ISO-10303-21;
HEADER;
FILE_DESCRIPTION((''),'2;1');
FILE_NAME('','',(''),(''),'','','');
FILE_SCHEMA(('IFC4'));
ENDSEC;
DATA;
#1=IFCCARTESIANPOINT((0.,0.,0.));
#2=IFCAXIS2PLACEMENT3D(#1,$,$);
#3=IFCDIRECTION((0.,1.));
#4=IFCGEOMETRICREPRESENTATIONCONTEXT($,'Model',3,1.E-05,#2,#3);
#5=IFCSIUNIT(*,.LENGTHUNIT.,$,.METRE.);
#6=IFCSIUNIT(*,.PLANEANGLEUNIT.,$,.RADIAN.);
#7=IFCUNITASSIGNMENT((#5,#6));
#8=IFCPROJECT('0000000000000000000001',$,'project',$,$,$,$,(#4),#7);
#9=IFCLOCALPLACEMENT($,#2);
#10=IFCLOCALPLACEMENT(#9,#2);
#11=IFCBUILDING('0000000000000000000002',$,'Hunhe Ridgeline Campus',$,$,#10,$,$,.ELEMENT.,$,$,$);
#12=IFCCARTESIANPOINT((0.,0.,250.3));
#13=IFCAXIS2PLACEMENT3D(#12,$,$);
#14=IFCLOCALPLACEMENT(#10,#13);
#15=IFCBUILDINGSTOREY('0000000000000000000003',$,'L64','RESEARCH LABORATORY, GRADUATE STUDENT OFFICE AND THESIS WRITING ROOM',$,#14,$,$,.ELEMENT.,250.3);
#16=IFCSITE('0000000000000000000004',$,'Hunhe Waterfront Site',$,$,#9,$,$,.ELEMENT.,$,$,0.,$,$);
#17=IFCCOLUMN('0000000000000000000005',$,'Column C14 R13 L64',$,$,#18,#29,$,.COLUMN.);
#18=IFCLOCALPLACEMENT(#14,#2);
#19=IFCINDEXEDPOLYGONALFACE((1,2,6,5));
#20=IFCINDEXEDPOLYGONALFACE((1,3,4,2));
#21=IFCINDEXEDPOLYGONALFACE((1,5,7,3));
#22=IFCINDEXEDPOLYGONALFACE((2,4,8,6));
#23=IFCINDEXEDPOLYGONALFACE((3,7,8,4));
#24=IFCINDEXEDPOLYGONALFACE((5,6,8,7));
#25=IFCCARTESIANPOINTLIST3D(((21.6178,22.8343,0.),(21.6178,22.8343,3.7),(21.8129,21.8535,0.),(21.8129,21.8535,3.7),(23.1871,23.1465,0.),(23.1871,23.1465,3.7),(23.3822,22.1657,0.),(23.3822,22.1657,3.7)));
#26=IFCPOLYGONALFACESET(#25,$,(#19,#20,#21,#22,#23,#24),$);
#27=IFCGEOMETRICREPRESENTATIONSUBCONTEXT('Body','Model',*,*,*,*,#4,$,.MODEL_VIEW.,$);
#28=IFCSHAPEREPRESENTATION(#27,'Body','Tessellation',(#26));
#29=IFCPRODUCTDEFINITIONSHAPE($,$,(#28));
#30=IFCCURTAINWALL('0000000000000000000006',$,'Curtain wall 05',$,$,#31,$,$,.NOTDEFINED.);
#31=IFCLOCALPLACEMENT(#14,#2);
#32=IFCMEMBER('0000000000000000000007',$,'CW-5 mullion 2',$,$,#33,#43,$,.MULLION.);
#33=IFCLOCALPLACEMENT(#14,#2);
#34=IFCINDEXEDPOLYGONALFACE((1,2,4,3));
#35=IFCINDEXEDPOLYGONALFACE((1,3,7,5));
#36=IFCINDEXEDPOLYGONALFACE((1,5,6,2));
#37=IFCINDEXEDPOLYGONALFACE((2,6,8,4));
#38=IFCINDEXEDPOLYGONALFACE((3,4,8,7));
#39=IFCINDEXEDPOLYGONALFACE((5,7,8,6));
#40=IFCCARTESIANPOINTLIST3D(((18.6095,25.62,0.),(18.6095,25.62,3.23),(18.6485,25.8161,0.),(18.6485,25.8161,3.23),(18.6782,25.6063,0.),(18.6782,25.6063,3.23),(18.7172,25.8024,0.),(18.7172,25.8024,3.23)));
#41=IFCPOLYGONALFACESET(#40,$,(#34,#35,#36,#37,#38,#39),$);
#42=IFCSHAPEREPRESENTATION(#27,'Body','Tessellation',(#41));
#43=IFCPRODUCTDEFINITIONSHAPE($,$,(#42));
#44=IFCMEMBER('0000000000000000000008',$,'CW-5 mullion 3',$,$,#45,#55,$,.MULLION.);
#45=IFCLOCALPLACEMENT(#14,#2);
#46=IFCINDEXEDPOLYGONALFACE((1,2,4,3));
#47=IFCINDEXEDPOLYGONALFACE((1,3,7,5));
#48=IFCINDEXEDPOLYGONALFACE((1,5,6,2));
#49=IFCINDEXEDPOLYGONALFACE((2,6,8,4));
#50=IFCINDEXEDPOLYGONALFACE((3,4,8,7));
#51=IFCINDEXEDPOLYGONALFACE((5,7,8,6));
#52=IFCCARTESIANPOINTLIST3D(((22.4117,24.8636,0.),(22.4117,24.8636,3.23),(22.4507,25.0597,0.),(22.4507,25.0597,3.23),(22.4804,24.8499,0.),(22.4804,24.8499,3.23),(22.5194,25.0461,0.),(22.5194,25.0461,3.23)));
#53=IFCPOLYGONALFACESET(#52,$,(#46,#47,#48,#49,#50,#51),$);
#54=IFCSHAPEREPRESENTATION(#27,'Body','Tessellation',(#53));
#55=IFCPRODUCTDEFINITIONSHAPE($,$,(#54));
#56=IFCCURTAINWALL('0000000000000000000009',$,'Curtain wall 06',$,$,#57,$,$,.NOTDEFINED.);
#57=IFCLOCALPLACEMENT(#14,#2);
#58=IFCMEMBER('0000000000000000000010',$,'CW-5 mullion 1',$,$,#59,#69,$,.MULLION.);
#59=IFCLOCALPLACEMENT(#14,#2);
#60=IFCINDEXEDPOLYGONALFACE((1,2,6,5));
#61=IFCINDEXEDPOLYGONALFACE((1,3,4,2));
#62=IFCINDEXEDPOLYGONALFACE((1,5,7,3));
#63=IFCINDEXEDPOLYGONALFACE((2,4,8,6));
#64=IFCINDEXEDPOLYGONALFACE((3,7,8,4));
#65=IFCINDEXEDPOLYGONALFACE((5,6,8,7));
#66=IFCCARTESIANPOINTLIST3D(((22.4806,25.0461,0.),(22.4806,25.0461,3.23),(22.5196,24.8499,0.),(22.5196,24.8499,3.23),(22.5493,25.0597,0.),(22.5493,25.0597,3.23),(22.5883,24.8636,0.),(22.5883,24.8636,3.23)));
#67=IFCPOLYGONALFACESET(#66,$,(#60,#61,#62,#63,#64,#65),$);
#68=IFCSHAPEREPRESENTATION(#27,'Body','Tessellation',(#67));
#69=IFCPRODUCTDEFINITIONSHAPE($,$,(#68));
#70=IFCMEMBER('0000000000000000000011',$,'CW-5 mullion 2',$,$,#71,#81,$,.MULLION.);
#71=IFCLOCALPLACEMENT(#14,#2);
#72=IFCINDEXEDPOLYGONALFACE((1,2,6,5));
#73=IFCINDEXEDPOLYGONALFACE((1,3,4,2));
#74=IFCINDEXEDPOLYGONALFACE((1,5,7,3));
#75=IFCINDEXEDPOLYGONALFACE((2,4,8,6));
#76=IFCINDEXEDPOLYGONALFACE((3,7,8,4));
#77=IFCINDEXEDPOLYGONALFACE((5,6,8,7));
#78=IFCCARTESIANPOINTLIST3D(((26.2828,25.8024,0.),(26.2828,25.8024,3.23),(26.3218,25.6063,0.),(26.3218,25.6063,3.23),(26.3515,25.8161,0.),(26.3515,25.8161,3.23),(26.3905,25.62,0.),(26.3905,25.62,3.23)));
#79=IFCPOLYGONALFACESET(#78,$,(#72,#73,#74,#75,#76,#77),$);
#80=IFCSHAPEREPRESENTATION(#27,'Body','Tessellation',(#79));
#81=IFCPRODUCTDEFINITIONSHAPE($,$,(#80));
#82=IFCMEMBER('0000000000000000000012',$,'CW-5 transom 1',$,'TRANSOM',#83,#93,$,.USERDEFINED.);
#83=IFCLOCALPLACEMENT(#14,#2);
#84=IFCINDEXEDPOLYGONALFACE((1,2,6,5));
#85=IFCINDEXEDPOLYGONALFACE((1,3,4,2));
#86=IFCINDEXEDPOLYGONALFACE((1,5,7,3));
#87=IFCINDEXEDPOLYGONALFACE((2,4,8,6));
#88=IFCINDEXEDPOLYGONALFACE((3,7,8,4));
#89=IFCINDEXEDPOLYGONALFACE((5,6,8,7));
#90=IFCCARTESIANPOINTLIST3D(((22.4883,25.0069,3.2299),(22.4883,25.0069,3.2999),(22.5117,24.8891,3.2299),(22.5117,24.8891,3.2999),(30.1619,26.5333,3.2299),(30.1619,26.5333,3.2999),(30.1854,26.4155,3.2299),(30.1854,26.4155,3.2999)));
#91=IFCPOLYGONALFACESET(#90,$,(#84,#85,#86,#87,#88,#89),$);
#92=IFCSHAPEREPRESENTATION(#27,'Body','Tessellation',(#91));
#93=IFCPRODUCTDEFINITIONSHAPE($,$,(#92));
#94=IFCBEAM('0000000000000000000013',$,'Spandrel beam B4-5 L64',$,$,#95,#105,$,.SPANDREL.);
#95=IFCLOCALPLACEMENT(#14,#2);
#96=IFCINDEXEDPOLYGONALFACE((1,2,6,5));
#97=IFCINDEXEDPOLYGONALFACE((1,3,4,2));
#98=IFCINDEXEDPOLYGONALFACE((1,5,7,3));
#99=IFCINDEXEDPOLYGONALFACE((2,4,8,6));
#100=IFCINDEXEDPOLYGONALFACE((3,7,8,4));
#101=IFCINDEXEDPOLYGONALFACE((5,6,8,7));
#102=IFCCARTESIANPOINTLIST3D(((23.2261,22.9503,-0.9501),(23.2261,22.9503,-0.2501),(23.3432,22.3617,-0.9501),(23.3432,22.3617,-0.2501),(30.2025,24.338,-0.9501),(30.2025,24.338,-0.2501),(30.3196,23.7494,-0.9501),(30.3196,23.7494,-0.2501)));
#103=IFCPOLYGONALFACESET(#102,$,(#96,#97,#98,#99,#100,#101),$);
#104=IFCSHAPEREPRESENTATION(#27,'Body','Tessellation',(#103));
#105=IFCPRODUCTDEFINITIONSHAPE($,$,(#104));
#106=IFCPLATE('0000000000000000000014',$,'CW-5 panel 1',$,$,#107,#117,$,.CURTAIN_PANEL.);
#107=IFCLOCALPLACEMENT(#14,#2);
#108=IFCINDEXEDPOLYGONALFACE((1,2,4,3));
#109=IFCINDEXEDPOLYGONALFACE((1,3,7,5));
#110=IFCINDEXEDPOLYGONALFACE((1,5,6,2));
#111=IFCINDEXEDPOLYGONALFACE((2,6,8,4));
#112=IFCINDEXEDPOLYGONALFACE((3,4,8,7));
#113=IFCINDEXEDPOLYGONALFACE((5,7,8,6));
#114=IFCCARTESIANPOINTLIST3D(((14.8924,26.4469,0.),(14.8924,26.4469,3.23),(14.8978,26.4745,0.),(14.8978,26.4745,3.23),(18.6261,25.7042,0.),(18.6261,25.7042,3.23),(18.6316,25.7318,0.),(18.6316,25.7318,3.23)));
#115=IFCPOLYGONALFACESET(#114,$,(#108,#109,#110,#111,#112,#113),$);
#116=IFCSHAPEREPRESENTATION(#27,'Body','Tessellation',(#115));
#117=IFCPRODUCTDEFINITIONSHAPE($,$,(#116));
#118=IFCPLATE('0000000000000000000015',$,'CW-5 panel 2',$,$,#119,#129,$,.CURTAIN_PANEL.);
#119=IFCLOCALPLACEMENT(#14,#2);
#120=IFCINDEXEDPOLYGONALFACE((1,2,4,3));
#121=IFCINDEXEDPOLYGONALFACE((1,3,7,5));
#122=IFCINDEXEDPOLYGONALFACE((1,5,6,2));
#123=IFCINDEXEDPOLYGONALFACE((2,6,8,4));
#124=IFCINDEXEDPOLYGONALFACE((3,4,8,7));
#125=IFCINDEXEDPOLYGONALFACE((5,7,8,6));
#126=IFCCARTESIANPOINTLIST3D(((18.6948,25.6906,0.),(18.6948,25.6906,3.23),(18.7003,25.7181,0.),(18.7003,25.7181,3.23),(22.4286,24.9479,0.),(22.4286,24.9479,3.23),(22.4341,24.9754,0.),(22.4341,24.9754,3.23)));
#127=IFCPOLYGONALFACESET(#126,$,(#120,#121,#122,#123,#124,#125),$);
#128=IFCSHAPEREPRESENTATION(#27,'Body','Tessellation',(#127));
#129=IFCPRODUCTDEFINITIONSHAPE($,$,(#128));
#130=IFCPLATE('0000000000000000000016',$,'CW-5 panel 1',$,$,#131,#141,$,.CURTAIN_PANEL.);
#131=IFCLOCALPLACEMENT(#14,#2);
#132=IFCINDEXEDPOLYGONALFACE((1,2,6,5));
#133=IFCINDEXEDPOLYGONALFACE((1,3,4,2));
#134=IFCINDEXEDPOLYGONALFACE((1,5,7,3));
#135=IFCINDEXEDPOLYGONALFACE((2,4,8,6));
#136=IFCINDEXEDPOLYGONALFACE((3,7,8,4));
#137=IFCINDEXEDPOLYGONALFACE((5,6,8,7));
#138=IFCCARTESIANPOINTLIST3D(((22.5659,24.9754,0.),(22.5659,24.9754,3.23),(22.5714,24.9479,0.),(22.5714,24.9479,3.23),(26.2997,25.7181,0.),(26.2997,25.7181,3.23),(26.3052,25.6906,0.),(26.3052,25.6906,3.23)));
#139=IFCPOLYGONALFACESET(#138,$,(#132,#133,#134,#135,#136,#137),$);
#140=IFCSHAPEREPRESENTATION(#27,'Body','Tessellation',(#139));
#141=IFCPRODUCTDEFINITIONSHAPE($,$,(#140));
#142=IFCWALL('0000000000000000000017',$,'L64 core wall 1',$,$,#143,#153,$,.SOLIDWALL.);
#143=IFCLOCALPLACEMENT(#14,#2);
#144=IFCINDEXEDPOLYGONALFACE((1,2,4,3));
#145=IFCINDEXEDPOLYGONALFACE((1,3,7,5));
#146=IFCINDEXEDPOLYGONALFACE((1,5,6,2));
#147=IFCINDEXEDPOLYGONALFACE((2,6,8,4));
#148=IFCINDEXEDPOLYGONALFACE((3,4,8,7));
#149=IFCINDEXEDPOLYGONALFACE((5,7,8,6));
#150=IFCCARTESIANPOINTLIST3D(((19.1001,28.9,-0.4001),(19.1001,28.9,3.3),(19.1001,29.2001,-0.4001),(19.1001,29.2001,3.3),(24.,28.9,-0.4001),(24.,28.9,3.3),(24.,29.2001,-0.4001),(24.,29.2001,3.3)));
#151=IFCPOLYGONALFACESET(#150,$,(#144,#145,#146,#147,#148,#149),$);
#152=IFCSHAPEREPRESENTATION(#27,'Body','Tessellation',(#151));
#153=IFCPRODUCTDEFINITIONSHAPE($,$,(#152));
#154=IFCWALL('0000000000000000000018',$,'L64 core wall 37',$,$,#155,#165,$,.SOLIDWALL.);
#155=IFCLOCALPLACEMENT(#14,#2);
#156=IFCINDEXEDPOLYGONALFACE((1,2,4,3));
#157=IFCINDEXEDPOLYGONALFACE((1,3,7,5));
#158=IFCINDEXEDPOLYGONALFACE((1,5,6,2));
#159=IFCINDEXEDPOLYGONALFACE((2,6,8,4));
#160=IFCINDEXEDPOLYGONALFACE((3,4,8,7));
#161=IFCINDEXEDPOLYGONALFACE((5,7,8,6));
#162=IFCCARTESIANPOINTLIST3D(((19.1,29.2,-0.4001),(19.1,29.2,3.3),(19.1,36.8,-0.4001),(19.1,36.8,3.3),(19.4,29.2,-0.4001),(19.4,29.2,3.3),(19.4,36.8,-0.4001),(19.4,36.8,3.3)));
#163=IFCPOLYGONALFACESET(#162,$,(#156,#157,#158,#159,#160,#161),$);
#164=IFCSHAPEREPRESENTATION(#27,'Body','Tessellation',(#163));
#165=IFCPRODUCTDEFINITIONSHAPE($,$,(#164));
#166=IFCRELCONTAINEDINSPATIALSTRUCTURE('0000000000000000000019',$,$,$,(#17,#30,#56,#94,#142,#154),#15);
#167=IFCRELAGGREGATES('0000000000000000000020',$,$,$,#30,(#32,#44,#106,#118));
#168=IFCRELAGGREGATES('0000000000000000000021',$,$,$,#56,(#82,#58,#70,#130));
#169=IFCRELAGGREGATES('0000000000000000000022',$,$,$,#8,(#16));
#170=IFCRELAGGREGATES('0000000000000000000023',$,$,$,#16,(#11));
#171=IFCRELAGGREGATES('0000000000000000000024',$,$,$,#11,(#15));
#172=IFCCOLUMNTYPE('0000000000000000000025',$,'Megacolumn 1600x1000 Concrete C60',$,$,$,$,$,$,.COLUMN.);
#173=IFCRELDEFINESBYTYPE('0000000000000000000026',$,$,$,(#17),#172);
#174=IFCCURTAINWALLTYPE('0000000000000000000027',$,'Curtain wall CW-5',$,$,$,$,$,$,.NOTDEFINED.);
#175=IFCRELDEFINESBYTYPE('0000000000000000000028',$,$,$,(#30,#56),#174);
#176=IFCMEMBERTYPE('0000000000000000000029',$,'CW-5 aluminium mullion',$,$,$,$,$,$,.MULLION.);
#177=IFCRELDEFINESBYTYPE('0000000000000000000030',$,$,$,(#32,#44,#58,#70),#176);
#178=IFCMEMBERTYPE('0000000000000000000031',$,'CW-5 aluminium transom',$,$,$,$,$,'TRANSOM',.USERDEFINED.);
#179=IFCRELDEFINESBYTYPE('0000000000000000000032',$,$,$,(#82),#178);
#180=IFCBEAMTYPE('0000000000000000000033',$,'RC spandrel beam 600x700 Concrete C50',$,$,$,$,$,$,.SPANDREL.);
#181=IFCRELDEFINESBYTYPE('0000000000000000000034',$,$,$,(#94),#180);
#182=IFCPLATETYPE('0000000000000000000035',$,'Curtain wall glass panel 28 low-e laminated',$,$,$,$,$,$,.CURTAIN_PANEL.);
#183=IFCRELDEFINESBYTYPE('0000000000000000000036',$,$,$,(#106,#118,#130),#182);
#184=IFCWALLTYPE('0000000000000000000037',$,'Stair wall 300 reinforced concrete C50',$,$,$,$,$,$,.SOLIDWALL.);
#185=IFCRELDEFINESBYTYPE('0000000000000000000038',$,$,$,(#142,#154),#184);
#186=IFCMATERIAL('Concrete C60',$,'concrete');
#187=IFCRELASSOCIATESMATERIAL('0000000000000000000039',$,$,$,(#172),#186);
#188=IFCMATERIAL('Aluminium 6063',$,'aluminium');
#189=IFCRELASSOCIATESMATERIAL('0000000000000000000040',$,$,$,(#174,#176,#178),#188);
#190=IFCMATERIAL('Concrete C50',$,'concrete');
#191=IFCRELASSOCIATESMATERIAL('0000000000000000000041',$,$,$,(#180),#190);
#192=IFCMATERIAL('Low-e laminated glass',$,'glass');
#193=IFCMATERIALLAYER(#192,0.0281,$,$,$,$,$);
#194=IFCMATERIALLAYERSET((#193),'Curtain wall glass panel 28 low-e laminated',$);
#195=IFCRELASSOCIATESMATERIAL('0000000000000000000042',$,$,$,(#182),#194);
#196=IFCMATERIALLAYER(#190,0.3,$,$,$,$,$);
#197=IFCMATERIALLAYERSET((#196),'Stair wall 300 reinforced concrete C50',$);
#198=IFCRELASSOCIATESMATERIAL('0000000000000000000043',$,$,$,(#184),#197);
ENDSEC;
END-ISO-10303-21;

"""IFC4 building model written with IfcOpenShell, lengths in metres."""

from ifc_helpers import new_model, si_unit, direction, frame, frame_2d, origin, origin_2d, place, context, subcontext, project, spatial, rectangle, extrude, material, layer, layer_set, material_profile, profile_set, type_object, element, aggregate, save


model = new_model("IFC4")

# Units and contexts
model_context = context("Model", 3, precision=1e-05, world=origin(), true_north=direction((0.0, 1.0)))
body_context = subcontext(model_context, "Body", "Model", "MODEL_VIEW")
ifc_project = project(units=[si_unit("LENGTHUNIT", "METRE"), si_unit("PLANEANGLEUNIT", "RADIAN")], contexts=[model_context])

# Site, building, storey
site_placement = place(None, origin())
site = spatial("IfcSite", under=ifc_project, at=site_placement, Name="Hunhe Waterfront Site", CompositionType="ELEMENT", RefElevation=0.0)
building_placement = place(site_placement, origin())
building = spatial("IfcBuilding", under=site, at=building_placement, Name="Hunhe Ridgeline Campus", CompositionType="ELEMENT")
storey_placement = place(building_placement, frame((0.0, 0.0, 250.3)))
storey = spatial("IfcBuildingStorey", under=building, at=storey_placement, Name="L64", Description="RESEARCH LABORATORY, GRADUATE STUDENT OFFICE AND THESIS WRITING ROOM", CompositionType="ELEMENT", Elevation=250.3)

# Column
ifc_material_1 = material(Name="Concrete C60", Category="concrete")
ifc_material_profile_1 = material_profile(ifc_material_1, rectangle(XDim=1.6001, YDim=1.0, at=origin_2d()))
ifc_profile_set_1 = profile_set([ifc_material_profile_1], Name="Concrete C60")
column_type = type_object("IfcColumnType", Name="Megacolumn 1600x1000 Concrete C60", PredefinedType="COLUMN", material=ifc_profile_set_1)
column_placement = place(storey_placement, frame((22.5, 22.5, 0.0), z_axis=(0.0, 0.0, 1.0), x_axis=(0.980785, 0.19509, 0.0)))
element("IfcColumn", 1, at=column_placement, inside=storey, type_object=column_type, Name="Column C14 R13 L64", PredefinedType="COLUMN", context=body_context, shape_type="SweptSolid", body=[
    extrude(rectangle(XDim=1.6001, YDim=1.0, at=origin_2d()), origin(), (0.0, 0.0, 1.0), 3.7),
])

# Curtain walls, members
ifc_material_2 = material(Name="Aluminium 6063", Category="aluminium")
curtain_wall_type = type_object("IfcCurtainWallType", Name="Curtain wall CW-5", PredefinedType="NOTDEFINED", material=ifc_material_2)
curtain_wall_1_placement = place(storey_placement, origin())
curtain_wall_1 = element("IfcCurtainWall", 2, at=curtain_wall_1_placement, inside=storey, type_object=curtain_wall_type, Name="Curtain wall 05", PredefinedType="NOTDEFINED")
ifc_material_profile_2 = material_profile(ifc_material_2, rectangle(XDim=0.2, YDim=0.0701, at=origin_2d()))
ifc_profile_set_2 = profile_set([ifc_material_profile_2], Name="Aluminium 6063")
member_type_1 = type_object("IfcMemberType", Name="CW-5 aluminium mullion", PredefinedType="MULLION", material=ifc_profile_set_2)
member_1_placement = place(storey_placement, frame((18.6633, 25.7112, 0.0), z_axis=(0.0, 0.0, 1.0), x_axis=(0.19509, 0.980785, 0.0)))
member_1 = element("IfcMember", 3, at=member_1_placement, type_object=member_type_1, Name="CW-5 mullion 2", PredefinedType="MULLION", context=body_context, shape_type="SweptSolid", body=[
    extrude(rectangle(XDim=0.2, YDim=0.0701, at=origin_2d()), origin(), (0.0, 0.0, 1.0), 3.23),
])
member_2_placement = place(storey_placement, frame((22.4656, 24.9548, 0.0), z_axis=(0.0, 0.0, 1.0), x_axis=(0.19509, 0.980785, 0.0)))
member_2 = element("IfcMember", 4, at=member_2_placement, type_object=member_type_1, Name="CW-5 mullion 3", PredefinedType="MULLION", context=body_context, shape_type="SweptSolid", body=[
    extrude(rectangle(XDim=0.2, YDim=0.0701, at=origin_2d()), origin(), (0.0, 0.0, 1.0), 3.23),
])
curtain_wall_2_placement = place(storey_placement, origin())
curtain_wall_2 = element("IfcCurtainWall", 5, at=curtain_wall_2_placement, inside=storey, type_object=curtain_wall_type, Name="Curtain wall 06", PredefinedType="NOTDEFINED")
member_3_placement = place(storey_placement, frame((22.5344, 24.9548, 0.0), z_axis=(0.0, 0.0, 1.0), x_axis=(-0.19509, 0.980785, 0.0)))
member_3 = element("IfcMember", 6, at=member_3_placement, type_object=member_type_1, Name="CW-5 mullion 1", PredefinedType="MULLION", context=body_context, shape_type="SweptSolid", body=[
    extrude(rectangle(XDim=0.2, YDim=0.0701, at=origin_2d()), origin(), (0.0, 0.0, 1.0), 3.23),
])
member_4_placement = place(storey_placement, frame((26.3367, 25.7112, 0.0), z_axis=(0.0, 0.0, 1.0), x_axis=(-0.19509, 0.980785, 0.0)))
member_4 = element("IfcMember", 7, at=member_4_placement, type_object=member_type_1, Name="CW-5 mullion 2", PredefinedType="MULLION", context=body_context, shape_type="SweptSolid", body=[
    extrude(rectangle(XDim=0.2, YDim=0.0701, at=origin_2d()), origin(), (0.0, 0.0, 1.0), 3.23),
])
ifc_material_profile_3 = material_profile(ifc_material_2, rectangle(XDim=0.1201, YDim=0.0701, at=origin_2d()))
ifc_profile_set_3 = profile_set([ifc_material_profile_3], Name="Aluminium 6063")
member_type_2 = type_object("IfcMemberType", Name="CW-5 aluminium transom", ElementType="TRANSOM", PredefinedType="USERDEFINED", material=ifc_profile_set_3)
member_5_placement = place(storey_placement, frame((22.5, 24.948, 3.2649), z_axis=(0.980785, 0.19509, 0.0), x_axis=(-0.19509, 0.980785, 0.0)))
member_5 = element("IfcMember", 8, at=member_5_placement, type_object=member_type_2, Name="CW-5 transom 1", ObjectType="TRANSOM", PredefinedType="USERDEFINED", context=body_context, shape_type="SweptSolid", body=[
    extrude(rectangle(XDim=0.1201, YDim=0.0701, at=origin_2d()), origin(), (0.0, 0.0, 1.0), 7.824),
])

# Beam
ifc_material_3 = material(Name="Concrete C50", Category="concrete")
ifc_material_profile_4 = material_profile(ifc_material_3, rectangle(XDim=0.6001, YDim=0.7, at=origin_2d()))
ifc_profile_set_4 = profile_set([ifc_material_profile_4], Name="Concrete C50")
beam_type = type_object("IfcBeamType", Name="RC spandrel beam 600x700 Concrete C50", PredefinedType="SPANDREL", material=ifc_profile_set_4)
beam_placement = place(storey_placement, frame((23.2847, 22.656, -0.6001), z_axis=(0.980785, 0.195093, 0.0), x_axis=(-0.195093, 0.980785, 0.0)))
element("IfcBeam", 9, at=beam_placement, inside=storey, type_object=beam_type, Name="Spandrel beam B4-5 L64", PredefinedType="SPANDREL", context=body_context, shape_type="SweptSolid", body=[
    extrude(rectangle(XDim=0.6001, YDim=0.7, at=origin_2d()), origin(), (0.0, 0.0, 1.0), 7.113),
])

# Plates
ifc_material_4 = material(Name="Low-e laminated glass", Category="glass")
ifc_layer_1 = layer(ifc_material_4, 0.0281)
ifc_layer_set_1 = layer_set([ifc_layer_1], Name="Curtain wall glass panel 28 low-e laminated")
plate_type = type_object("IfcPlateType", Name="Curtain wall glass panel 28 low-e laminated", PredefinedType="CURTAIN_PANEL", material=ifc_layer_set_1)
plate_1_placement = place(storey_placement, frame((16.762, 26.0894, 0.0), z_axis=(0.0, 0.0, 1.0), x_axis=(0.980785, -0.19509, 0.0)))
plate_1 = element("IfcPlate", 10, at=plate_1_placement, type_object=plate_type, Name="CW-5 panel 1", PredefinedType="CURTAIN_PANEL", context=body_context, shape_type="SweptSolid", body=[
    extrude(rectangle(XDim=3.8069, YDim=0.0281, at=origin_2d()), origin(), (0.0, 0.0, 1.0), 3.23),
])
plate_2_placement = place(storey_placement, frame((20.5645, 25.333, 0.0), z_axis=(0.0, 0.0, 1.0), x_axis=(0.980785, -0.19509, 0.0)))
plate_2 = element("IfcPlate", 11, at=plate_2_placement, type_object=plate_type, Name="CW-5 panel 2", PredefinedType="CURTAIN_PANEL", context=body_context, shape_type="SweptSolid", body=[
    extrude(rectangle(XDim=3.8069, YDim=0.0281, at=origin_2d()), origin(), (0.0, 0.0, 1.0), 3.23),
])
aggregate(curtain_wall_1, [member_1, member_2, plate_1, plate_2])
plate_3_placement = place(storey_placement, frame((24.4355, 25.333, 0.0), z_axis=(0.0, 0.0, 1.0), x_axis=(0.980785, 0.19509, 0.0)))
plate_3 = element("IfcPlate", 12, at=plate_3_placement, type_object=plate_type, Name="CW-5 panel 1", PredefinedType="CURTAIN_PANEL", context=body_context, shape_type="SweptSolid", body=[
    extrude(rectangle(XDim=3.8069, YDim=0.0281, at=origin_2d()), origin(), (0.0, 0.0, 1.0), 3.23),
])
aggregate(curtain_wall_2, [member_5, member_3, member_4, plate_3])

# Walls
ifc_layer_2 = layer(ifc_material_3, 0.3)
ifc_layer_set_2 = layer_set([ifc_layer_2], Name="Stair wall 300 reinforced concrete C50")
wall_type_1 = type_object("IfcWallType", Name="Stair wall 300 reinforced concrete C50", PredefinedType="SOLIDWALL", material=ifc_layer_set_2)
wall_1_placement = place(storey_placement, frame((19.1001, 29.05, -0.4001), z_axis=(0.0, 0.0, 1.0), x_axis=(1.0, 0.0, 0.0)))
element("IfcWall", 13, at=wall_1_placement, inside=storey, type_object=wall_type_1, Name="L64 core wall 1", PredefinedType="SOLIDWALL", context=body_context, shape_type="SweptSolid", body=[
    extrude(rectangle(XDim=4.8999, YDim=0.3, at=frame_2d((2.45, 0.0))), origin(), (0.0, 0.0, 1.0), 3.7002),
])
wall_2_placement = place(storey_placement, frame((19.25, 29.2, -0.4001), z_axis=(0.0, 0.0, 1.0), x_axis=(0.0, 1.0, 0.0)))
element("IfcWall", 14, at=wall_2_placement, inside=storey, type_object=wall_type_1, Name="L64 core wall 37", PredefinedType="SOLIDWALL", context=body_context, shape_type="SweptSolid", body=[
    extrude(rectangle(XDim=7.6001, YDim=0.3, at=frame_2d((3.8, 0.0))), origin(), (0.0, 0.0, 1.0), 3.7002),
])

save(model, "model.ifc")
